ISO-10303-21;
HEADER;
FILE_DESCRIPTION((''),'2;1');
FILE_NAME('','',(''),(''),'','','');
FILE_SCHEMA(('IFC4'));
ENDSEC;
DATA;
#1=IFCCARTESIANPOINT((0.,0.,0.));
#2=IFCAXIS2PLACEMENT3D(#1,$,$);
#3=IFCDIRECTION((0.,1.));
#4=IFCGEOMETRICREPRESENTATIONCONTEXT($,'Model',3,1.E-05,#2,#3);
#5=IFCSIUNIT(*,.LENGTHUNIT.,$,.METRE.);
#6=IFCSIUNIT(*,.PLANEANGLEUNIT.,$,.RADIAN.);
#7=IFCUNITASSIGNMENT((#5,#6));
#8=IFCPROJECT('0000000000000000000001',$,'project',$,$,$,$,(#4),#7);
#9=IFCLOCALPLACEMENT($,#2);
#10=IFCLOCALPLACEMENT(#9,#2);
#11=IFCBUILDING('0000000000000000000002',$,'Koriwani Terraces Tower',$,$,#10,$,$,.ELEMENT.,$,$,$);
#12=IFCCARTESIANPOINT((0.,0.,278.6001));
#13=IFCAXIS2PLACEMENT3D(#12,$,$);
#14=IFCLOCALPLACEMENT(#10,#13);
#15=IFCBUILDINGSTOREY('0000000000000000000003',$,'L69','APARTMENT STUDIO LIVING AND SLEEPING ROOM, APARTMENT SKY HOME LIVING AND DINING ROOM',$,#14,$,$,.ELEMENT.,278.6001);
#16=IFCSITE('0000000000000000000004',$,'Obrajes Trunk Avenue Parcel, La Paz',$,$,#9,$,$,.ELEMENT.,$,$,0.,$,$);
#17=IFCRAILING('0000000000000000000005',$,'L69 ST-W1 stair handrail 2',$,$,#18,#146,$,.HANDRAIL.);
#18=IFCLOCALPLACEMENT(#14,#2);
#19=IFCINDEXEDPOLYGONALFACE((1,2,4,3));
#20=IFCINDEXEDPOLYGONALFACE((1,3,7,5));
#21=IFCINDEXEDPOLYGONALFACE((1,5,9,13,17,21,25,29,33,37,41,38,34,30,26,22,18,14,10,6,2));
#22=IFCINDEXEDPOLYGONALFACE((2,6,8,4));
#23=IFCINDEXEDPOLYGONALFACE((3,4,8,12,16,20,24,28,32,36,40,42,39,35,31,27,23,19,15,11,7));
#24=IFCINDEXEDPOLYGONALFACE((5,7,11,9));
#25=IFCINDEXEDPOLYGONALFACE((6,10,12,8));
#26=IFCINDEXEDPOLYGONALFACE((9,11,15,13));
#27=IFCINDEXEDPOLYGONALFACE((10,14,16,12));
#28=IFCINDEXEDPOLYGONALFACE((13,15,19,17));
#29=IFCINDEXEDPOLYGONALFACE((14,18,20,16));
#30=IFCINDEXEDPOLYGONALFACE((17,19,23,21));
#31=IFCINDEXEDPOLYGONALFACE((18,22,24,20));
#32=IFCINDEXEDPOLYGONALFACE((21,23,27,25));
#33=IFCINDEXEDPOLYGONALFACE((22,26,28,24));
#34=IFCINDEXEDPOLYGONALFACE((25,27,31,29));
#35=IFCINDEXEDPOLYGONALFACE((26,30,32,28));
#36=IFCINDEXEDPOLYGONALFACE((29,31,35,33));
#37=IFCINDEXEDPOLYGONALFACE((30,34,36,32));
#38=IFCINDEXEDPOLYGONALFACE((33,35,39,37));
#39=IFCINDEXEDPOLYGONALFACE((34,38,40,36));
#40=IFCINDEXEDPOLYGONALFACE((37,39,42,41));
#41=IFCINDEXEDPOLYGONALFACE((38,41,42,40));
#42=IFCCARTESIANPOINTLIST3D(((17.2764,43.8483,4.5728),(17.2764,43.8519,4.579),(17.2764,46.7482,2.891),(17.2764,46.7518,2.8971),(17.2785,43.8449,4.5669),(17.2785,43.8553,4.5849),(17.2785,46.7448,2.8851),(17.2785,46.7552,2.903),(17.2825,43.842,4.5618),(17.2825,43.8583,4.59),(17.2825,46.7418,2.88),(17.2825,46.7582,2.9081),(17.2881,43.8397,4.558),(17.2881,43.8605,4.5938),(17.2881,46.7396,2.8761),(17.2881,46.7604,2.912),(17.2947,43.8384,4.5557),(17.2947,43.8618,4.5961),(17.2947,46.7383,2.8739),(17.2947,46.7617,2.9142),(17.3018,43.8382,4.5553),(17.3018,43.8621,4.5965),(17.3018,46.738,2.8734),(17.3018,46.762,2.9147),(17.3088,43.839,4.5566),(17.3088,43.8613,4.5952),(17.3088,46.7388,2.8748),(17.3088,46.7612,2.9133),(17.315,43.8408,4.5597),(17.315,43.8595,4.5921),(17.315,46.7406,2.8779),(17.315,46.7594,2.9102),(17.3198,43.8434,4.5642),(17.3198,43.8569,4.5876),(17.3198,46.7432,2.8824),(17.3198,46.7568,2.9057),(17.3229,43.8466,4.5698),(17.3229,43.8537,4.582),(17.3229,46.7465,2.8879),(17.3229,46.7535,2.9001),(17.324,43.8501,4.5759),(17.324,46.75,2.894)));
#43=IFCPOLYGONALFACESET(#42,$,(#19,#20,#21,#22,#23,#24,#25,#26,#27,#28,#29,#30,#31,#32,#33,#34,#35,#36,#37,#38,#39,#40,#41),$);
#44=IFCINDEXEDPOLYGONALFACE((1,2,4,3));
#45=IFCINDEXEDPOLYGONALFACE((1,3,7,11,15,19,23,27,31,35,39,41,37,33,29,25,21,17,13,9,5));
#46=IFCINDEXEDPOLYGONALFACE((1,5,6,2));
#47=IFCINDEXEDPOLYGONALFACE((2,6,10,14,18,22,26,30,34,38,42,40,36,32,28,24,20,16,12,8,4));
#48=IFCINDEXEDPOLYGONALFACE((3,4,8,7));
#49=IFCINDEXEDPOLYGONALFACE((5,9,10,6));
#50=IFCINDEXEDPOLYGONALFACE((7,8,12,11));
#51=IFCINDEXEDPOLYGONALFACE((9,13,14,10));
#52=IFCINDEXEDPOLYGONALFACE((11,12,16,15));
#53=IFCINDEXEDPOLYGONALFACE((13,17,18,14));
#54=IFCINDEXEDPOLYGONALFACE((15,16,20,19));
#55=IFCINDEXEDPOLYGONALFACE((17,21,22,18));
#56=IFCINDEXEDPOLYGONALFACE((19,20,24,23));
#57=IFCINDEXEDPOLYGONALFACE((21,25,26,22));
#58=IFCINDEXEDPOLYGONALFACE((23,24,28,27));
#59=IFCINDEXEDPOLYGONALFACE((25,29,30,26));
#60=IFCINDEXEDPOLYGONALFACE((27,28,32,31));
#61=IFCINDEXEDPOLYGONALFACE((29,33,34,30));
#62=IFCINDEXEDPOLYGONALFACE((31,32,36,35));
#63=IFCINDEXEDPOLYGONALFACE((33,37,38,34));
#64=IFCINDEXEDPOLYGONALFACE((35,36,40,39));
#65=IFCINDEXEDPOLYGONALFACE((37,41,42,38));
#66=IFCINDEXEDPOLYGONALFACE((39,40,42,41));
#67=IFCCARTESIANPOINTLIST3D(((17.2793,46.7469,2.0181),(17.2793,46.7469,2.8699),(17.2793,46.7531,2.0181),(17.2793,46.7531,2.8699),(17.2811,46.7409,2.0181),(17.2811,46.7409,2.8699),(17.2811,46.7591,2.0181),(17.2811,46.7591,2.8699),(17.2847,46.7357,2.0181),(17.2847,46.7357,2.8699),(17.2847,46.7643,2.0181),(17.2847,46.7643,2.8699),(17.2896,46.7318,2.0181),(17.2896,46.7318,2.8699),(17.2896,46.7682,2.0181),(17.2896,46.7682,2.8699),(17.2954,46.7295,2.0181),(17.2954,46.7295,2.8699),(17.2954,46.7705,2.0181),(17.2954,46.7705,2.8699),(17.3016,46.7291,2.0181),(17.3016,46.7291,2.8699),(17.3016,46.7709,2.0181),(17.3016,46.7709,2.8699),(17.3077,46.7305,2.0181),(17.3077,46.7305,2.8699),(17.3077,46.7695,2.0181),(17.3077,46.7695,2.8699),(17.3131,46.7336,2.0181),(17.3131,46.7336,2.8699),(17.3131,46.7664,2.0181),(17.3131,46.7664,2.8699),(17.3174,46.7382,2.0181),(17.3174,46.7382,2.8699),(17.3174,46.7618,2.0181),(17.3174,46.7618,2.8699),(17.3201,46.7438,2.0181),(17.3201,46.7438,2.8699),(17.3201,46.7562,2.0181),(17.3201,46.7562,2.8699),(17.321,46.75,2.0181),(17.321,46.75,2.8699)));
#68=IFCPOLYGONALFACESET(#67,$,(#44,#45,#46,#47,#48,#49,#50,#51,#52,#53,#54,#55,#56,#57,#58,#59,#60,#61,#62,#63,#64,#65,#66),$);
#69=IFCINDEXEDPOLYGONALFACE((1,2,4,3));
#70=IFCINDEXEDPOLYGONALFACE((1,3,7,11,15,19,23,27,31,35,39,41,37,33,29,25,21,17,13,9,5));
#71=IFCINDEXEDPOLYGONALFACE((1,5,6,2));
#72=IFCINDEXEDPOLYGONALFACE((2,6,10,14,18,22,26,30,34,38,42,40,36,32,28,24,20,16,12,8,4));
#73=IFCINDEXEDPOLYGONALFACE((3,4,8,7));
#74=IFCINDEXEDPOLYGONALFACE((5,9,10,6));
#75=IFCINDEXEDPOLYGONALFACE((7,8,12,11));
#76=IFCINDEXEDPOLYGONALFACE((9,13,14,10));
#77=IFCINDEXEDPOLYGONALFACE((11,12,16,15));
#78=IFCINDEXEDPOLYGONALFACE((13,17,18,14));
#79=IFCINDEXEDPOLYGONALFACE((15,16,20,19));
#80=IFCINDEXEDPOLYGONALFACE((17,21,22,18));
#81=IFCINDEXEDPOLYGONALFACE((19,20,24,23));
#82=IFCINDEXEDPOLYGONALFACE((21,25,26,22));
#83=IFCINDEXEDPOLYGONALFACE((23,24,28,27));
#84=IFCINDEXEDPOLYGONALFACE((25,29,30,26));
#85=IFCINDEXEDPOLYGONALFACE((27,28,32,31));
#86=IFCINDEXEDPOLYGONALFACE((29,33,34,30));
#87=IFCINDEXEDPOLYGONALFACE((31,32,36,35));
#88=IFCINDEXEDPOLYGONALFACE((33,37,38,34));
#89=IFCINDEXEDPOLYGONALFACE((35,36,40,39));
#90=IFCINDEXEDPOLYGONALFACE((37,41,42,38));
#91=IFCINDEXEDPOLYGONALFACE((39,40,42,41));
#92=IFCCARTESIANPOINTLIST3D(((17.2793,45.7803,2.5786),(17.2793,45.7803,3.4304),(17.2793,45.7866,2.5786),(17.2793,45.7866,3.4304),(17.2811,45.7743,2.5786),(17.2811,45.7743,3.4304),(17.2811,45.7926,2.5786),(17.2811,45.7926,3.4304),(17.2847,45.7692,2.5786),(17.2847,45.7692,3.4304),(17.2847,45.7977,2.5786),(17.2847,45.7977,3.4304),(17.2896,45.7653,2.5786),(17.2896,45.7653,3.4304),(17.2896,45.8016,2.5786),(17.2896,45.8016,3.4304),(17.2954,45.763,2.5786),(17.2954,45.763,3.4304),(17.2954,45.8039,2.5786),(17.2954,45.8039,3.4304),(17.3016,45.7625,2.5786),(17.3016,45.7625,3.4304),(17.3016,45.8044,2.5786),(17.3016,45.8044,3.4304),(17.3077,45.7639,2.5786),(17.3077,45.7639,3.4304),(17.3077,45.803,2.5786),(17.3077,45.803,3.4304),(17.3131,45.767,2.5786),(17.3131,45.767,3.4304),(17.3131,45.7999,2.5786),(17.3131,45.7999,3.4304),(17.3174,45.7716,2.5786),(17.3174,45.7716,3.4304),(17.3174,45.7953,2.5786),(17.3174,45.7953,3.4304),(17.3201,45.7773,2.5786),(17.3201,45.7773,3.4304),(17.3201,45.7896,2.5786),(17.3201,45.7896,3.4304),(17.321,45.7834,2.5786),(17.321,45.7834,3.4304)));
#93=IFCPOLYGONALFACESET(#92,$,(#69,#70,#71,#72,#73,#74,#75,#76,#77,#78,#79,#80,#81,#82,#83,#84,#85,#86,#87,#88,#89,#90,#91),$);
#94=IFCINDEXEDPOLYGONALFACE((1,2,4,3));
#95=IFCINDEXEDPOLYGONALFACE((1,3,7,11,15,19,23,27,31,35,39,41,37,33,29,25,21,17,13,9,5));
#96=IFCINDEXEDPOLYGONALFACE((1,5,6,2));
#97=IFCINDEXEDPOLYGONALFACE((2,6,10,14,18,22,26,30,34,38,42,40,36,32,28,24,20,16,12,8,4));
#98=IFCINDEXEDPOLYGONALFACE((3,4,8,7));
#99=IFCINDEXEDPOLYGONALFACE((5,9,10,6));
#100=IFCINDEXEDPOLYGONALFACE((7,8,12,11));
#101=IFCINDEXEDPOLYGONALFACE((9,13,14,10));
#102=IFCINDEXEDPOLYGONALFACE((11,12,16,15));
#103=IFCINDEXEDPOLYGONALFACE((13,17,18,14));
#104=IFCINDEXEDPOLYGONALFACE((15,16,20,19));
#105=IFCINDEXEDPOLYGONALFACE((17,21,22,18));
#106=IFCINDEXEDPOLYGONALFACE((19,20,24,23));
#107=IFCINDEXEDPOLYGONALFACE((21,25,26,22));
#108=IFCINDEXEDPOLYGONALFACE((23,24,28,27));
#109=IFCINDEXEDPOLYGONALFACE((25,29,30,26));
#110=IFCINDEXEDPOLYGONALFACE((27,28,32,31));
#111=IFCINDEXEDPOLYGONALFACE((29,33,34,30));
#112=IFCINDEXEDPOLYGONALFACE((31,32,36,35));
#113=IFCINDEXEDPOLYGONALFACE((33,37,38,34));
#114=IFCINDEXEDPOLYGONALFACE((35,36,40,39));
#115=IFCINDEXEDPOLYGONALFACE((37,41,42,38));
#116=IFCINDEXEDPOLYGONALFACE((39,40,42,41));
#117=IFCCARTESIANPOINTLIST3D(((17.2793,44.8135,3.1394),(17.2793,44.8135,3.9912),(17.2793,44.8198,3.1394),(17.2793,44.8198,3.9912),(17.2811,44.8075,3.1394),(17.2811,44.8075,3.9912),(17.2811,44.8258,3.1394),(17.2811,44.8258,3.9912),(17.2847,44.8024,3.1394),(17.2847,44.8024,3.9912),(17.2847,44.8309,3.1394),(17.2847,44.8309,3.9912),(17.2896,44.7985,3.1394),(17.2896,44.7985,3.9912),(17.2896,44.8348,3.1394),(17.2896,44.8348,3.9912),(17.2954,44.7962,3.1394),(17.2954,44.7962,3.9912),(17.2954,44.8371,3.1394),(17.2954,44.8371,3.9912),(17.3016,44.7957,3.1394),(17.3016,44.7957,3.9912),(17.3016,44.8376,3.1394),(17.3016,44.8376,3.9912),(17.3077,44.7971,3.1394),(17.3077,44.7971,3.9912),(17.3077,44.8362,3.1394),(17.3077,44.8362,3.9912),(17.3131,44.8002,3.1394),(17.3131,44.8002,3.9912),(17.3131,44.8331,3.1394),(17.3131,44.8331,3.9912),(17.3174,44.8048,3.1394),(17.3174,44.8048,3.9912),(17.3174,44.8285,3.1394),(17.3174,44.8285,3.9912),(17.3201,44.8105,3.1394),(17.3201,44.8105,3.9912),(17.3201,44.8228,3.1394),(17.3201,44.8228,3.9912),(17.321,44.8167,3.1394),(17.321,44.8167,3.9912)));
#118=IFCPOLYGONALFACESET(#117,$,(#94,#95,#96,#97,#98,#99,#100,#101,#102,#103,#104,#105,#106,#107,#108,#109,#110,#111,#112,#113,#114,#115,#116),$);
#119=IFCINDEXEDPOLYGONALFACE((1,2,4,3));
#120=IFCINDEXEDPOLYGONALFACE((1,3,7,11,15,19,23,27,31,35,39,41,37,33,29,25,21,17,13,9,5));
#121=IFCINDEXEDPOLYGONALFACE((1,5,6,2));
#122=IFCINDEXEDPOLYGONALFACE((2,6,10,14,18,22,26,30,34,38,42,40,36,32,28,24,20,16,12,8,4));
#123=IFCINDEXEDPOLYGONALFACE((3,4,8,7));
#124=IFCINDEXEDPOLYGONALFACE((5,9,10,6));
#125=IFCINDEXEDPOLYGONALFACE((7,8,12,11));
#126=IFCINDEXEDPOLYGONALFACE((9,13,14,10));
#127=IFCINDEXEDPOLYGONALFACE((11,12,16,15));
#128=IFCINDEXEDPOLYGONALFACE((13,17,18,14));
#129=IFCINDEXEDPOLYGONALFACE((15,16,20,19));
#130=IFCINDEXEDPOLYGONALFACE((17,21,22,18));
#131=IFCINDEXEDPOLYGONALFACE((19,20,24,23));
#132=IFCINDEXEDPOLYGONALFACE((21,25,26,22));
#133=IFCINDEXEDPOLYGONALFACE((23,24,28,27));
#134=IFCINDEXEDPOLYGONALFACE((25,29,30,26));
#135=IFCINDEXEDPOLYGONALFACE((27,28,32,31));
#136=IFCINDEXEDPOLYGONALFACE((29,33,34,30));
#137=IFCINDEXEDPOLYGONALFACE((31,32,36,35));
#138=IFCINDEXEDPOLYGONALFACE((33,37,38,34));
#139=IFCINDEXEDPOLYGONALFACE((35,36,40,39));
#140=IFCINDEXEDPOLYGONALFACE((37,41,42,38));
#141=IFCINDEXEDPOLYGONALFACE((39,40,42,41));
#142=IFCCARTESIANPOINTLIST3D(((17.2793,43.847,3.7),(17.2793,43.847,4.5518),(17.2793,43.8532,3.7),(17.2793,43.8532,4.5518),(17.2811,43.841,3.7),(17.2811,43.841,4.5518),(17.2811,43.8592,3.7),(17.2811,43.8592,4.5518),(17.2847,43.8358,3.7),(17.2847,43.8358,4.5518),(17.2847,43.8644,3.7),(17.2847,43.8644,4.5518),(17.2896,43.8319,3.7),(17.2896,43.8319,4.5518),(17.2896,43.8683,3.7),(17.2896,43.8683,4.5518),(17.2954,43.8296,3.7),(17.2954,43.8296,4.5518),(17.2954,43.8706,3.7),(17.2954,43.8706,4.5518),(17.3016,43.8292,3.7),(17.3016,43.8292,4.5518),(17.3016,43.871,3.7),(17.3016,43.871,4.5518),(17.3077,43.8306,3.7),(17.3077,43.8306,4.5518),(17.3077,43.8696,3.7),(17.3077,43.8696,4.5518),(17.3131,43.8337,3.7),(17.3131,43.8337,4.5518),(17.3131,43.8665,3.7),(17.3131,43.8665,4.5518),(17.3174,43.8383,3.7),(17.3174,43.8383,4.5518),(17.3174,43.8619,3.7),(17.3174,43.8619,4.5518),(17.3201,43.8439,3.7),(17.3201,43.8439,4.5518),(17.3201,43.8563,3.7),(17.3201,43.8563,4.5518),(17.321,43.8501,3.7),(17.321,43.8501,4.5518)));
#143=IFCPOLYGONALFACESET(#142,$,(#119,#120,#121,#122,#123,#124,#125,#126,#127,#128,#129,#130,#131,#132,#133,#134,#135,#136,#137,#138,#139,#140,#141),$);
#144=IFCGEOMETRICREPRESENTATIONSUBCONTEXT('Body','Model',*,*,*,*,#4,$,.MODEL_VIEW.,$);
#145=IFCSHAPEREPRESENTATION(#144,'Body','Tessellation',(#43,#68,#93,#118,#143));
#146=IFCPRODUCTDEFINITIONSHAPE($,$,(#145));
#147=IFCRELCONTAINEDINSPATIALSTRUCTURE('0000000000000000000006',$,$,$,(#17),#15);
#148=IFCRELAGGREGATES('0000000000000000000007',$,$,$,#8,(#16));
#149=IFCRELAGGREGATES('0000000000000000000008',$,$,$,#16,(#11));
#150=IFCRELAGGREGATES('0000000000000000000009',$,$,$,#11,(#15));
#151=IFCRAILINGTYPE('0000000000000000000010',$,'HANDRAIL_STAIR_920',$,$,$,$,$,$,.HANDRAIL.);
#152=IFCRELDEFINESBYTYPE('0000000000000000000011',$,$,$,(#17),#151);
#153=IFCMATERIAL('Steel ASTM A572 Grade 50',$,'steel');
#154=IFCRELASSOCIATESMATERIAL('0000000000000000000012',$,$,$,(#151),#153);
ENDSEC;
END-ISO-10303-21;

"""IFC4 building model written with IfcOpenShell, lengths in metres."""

from ifc_helpers import new_model, si_unit, direction, frame, origin, origin_2d, place, context, subcontext, project, spatial, circle, extrude, material, type_object, element, save


model = new_model("IFC4")

# Units and contexts
model_context = context("Model", 3, precision=1e-05, world=origin(), true_north=direction((0.0, 1.0)))
body_context = subcontext(model_context, "Body", "Model", "MODEL_VIEW")
ifc_project = project(units=[si_unit("LENGTHUNIT", "METRE"), si_unit("PLANEANGLEUNIT", "RADIAN")], contexts=[model_context])

# Site, building, storey
site_placement = place(None, origin())
site = spatial("IfcSite", under=ifc_project, at=site_placement, Name="Obrajes Trunk Avenue Parcel, La Paz", CompositionType="ELEMENT", RefElevation=0.0)
building_placement = place(site_placement, origin())
building = spatial("IfcBuilding", under=site, at=building_placement, Name="Koriwani Terraces Tower", CompositionType="ELEMENT")
storey_placement = place(building_placement, frame((0.0, 0.0, 278.6001)))
storey = spatial("IfcBuildingStorey", under=building, at=storey_placement, Name="L69", Description="APARTMENT STUDIO LIVING AND SLEEPING ROOM, APARTMENT SKY HOME LIVING AND DINING ROOM", CompositionType="ELEMENT", Elevation=278.6001)

# Shared definitions
ifc_material_1 = material(Name="Steel ASTM A572 Grade 50", Category="steel")

# Railing
railing_type_1 = type_object("IfcRailingType", Name="HANDRAIL_STAIR_920", PredefinedType="HANDRAIL", material=ifc_material_1)
railing_1_placement = place(storey_placement, frame((17.3, 46.75, 2.0181)))
element("IfcRailing", 1, at=railing_1_placement, inside=storey, type_object=railing_type_1, Name="L69 ST-W1 stair handrail 2", PredefinedType="HANDRAIL", context=body_context, shape_type="SweptSolid", body=[
    extrude(circle(Radius=0.0239, at=origin_2d()), frame((0.0, 0.0, 0.876), z_axis=(0.0, -0.865039, 0.501705), x_axis=(1.0, 0.0, 0.0)), (0.0, 0.0, 1.0), 3.3523),
    extrude(circle(Radius=0.021, at=origin_2d()), origin(), (0.0, 0.0, 1.0), 0.8518),
    extrude(circle(Radius=0.021, at=origin_2d()), frame((0.0, -0.9666, 0.5605)), (0.0, 0.0, 1.0), 0.8518),
    extrude(circle(Radius=0.021, at=origin_2d()), frame((0.0, -1.9333, 1.1213)), (0.0, 0.0, 1.0), 0.8518),
    extrude(circle(Radius=0.021, at=origin_2d()), frame((0.0, -2.8999, 1.6819)), (0.0, 0.0, 1.0), 0.8518),
])

save(model, "model.ifc")
